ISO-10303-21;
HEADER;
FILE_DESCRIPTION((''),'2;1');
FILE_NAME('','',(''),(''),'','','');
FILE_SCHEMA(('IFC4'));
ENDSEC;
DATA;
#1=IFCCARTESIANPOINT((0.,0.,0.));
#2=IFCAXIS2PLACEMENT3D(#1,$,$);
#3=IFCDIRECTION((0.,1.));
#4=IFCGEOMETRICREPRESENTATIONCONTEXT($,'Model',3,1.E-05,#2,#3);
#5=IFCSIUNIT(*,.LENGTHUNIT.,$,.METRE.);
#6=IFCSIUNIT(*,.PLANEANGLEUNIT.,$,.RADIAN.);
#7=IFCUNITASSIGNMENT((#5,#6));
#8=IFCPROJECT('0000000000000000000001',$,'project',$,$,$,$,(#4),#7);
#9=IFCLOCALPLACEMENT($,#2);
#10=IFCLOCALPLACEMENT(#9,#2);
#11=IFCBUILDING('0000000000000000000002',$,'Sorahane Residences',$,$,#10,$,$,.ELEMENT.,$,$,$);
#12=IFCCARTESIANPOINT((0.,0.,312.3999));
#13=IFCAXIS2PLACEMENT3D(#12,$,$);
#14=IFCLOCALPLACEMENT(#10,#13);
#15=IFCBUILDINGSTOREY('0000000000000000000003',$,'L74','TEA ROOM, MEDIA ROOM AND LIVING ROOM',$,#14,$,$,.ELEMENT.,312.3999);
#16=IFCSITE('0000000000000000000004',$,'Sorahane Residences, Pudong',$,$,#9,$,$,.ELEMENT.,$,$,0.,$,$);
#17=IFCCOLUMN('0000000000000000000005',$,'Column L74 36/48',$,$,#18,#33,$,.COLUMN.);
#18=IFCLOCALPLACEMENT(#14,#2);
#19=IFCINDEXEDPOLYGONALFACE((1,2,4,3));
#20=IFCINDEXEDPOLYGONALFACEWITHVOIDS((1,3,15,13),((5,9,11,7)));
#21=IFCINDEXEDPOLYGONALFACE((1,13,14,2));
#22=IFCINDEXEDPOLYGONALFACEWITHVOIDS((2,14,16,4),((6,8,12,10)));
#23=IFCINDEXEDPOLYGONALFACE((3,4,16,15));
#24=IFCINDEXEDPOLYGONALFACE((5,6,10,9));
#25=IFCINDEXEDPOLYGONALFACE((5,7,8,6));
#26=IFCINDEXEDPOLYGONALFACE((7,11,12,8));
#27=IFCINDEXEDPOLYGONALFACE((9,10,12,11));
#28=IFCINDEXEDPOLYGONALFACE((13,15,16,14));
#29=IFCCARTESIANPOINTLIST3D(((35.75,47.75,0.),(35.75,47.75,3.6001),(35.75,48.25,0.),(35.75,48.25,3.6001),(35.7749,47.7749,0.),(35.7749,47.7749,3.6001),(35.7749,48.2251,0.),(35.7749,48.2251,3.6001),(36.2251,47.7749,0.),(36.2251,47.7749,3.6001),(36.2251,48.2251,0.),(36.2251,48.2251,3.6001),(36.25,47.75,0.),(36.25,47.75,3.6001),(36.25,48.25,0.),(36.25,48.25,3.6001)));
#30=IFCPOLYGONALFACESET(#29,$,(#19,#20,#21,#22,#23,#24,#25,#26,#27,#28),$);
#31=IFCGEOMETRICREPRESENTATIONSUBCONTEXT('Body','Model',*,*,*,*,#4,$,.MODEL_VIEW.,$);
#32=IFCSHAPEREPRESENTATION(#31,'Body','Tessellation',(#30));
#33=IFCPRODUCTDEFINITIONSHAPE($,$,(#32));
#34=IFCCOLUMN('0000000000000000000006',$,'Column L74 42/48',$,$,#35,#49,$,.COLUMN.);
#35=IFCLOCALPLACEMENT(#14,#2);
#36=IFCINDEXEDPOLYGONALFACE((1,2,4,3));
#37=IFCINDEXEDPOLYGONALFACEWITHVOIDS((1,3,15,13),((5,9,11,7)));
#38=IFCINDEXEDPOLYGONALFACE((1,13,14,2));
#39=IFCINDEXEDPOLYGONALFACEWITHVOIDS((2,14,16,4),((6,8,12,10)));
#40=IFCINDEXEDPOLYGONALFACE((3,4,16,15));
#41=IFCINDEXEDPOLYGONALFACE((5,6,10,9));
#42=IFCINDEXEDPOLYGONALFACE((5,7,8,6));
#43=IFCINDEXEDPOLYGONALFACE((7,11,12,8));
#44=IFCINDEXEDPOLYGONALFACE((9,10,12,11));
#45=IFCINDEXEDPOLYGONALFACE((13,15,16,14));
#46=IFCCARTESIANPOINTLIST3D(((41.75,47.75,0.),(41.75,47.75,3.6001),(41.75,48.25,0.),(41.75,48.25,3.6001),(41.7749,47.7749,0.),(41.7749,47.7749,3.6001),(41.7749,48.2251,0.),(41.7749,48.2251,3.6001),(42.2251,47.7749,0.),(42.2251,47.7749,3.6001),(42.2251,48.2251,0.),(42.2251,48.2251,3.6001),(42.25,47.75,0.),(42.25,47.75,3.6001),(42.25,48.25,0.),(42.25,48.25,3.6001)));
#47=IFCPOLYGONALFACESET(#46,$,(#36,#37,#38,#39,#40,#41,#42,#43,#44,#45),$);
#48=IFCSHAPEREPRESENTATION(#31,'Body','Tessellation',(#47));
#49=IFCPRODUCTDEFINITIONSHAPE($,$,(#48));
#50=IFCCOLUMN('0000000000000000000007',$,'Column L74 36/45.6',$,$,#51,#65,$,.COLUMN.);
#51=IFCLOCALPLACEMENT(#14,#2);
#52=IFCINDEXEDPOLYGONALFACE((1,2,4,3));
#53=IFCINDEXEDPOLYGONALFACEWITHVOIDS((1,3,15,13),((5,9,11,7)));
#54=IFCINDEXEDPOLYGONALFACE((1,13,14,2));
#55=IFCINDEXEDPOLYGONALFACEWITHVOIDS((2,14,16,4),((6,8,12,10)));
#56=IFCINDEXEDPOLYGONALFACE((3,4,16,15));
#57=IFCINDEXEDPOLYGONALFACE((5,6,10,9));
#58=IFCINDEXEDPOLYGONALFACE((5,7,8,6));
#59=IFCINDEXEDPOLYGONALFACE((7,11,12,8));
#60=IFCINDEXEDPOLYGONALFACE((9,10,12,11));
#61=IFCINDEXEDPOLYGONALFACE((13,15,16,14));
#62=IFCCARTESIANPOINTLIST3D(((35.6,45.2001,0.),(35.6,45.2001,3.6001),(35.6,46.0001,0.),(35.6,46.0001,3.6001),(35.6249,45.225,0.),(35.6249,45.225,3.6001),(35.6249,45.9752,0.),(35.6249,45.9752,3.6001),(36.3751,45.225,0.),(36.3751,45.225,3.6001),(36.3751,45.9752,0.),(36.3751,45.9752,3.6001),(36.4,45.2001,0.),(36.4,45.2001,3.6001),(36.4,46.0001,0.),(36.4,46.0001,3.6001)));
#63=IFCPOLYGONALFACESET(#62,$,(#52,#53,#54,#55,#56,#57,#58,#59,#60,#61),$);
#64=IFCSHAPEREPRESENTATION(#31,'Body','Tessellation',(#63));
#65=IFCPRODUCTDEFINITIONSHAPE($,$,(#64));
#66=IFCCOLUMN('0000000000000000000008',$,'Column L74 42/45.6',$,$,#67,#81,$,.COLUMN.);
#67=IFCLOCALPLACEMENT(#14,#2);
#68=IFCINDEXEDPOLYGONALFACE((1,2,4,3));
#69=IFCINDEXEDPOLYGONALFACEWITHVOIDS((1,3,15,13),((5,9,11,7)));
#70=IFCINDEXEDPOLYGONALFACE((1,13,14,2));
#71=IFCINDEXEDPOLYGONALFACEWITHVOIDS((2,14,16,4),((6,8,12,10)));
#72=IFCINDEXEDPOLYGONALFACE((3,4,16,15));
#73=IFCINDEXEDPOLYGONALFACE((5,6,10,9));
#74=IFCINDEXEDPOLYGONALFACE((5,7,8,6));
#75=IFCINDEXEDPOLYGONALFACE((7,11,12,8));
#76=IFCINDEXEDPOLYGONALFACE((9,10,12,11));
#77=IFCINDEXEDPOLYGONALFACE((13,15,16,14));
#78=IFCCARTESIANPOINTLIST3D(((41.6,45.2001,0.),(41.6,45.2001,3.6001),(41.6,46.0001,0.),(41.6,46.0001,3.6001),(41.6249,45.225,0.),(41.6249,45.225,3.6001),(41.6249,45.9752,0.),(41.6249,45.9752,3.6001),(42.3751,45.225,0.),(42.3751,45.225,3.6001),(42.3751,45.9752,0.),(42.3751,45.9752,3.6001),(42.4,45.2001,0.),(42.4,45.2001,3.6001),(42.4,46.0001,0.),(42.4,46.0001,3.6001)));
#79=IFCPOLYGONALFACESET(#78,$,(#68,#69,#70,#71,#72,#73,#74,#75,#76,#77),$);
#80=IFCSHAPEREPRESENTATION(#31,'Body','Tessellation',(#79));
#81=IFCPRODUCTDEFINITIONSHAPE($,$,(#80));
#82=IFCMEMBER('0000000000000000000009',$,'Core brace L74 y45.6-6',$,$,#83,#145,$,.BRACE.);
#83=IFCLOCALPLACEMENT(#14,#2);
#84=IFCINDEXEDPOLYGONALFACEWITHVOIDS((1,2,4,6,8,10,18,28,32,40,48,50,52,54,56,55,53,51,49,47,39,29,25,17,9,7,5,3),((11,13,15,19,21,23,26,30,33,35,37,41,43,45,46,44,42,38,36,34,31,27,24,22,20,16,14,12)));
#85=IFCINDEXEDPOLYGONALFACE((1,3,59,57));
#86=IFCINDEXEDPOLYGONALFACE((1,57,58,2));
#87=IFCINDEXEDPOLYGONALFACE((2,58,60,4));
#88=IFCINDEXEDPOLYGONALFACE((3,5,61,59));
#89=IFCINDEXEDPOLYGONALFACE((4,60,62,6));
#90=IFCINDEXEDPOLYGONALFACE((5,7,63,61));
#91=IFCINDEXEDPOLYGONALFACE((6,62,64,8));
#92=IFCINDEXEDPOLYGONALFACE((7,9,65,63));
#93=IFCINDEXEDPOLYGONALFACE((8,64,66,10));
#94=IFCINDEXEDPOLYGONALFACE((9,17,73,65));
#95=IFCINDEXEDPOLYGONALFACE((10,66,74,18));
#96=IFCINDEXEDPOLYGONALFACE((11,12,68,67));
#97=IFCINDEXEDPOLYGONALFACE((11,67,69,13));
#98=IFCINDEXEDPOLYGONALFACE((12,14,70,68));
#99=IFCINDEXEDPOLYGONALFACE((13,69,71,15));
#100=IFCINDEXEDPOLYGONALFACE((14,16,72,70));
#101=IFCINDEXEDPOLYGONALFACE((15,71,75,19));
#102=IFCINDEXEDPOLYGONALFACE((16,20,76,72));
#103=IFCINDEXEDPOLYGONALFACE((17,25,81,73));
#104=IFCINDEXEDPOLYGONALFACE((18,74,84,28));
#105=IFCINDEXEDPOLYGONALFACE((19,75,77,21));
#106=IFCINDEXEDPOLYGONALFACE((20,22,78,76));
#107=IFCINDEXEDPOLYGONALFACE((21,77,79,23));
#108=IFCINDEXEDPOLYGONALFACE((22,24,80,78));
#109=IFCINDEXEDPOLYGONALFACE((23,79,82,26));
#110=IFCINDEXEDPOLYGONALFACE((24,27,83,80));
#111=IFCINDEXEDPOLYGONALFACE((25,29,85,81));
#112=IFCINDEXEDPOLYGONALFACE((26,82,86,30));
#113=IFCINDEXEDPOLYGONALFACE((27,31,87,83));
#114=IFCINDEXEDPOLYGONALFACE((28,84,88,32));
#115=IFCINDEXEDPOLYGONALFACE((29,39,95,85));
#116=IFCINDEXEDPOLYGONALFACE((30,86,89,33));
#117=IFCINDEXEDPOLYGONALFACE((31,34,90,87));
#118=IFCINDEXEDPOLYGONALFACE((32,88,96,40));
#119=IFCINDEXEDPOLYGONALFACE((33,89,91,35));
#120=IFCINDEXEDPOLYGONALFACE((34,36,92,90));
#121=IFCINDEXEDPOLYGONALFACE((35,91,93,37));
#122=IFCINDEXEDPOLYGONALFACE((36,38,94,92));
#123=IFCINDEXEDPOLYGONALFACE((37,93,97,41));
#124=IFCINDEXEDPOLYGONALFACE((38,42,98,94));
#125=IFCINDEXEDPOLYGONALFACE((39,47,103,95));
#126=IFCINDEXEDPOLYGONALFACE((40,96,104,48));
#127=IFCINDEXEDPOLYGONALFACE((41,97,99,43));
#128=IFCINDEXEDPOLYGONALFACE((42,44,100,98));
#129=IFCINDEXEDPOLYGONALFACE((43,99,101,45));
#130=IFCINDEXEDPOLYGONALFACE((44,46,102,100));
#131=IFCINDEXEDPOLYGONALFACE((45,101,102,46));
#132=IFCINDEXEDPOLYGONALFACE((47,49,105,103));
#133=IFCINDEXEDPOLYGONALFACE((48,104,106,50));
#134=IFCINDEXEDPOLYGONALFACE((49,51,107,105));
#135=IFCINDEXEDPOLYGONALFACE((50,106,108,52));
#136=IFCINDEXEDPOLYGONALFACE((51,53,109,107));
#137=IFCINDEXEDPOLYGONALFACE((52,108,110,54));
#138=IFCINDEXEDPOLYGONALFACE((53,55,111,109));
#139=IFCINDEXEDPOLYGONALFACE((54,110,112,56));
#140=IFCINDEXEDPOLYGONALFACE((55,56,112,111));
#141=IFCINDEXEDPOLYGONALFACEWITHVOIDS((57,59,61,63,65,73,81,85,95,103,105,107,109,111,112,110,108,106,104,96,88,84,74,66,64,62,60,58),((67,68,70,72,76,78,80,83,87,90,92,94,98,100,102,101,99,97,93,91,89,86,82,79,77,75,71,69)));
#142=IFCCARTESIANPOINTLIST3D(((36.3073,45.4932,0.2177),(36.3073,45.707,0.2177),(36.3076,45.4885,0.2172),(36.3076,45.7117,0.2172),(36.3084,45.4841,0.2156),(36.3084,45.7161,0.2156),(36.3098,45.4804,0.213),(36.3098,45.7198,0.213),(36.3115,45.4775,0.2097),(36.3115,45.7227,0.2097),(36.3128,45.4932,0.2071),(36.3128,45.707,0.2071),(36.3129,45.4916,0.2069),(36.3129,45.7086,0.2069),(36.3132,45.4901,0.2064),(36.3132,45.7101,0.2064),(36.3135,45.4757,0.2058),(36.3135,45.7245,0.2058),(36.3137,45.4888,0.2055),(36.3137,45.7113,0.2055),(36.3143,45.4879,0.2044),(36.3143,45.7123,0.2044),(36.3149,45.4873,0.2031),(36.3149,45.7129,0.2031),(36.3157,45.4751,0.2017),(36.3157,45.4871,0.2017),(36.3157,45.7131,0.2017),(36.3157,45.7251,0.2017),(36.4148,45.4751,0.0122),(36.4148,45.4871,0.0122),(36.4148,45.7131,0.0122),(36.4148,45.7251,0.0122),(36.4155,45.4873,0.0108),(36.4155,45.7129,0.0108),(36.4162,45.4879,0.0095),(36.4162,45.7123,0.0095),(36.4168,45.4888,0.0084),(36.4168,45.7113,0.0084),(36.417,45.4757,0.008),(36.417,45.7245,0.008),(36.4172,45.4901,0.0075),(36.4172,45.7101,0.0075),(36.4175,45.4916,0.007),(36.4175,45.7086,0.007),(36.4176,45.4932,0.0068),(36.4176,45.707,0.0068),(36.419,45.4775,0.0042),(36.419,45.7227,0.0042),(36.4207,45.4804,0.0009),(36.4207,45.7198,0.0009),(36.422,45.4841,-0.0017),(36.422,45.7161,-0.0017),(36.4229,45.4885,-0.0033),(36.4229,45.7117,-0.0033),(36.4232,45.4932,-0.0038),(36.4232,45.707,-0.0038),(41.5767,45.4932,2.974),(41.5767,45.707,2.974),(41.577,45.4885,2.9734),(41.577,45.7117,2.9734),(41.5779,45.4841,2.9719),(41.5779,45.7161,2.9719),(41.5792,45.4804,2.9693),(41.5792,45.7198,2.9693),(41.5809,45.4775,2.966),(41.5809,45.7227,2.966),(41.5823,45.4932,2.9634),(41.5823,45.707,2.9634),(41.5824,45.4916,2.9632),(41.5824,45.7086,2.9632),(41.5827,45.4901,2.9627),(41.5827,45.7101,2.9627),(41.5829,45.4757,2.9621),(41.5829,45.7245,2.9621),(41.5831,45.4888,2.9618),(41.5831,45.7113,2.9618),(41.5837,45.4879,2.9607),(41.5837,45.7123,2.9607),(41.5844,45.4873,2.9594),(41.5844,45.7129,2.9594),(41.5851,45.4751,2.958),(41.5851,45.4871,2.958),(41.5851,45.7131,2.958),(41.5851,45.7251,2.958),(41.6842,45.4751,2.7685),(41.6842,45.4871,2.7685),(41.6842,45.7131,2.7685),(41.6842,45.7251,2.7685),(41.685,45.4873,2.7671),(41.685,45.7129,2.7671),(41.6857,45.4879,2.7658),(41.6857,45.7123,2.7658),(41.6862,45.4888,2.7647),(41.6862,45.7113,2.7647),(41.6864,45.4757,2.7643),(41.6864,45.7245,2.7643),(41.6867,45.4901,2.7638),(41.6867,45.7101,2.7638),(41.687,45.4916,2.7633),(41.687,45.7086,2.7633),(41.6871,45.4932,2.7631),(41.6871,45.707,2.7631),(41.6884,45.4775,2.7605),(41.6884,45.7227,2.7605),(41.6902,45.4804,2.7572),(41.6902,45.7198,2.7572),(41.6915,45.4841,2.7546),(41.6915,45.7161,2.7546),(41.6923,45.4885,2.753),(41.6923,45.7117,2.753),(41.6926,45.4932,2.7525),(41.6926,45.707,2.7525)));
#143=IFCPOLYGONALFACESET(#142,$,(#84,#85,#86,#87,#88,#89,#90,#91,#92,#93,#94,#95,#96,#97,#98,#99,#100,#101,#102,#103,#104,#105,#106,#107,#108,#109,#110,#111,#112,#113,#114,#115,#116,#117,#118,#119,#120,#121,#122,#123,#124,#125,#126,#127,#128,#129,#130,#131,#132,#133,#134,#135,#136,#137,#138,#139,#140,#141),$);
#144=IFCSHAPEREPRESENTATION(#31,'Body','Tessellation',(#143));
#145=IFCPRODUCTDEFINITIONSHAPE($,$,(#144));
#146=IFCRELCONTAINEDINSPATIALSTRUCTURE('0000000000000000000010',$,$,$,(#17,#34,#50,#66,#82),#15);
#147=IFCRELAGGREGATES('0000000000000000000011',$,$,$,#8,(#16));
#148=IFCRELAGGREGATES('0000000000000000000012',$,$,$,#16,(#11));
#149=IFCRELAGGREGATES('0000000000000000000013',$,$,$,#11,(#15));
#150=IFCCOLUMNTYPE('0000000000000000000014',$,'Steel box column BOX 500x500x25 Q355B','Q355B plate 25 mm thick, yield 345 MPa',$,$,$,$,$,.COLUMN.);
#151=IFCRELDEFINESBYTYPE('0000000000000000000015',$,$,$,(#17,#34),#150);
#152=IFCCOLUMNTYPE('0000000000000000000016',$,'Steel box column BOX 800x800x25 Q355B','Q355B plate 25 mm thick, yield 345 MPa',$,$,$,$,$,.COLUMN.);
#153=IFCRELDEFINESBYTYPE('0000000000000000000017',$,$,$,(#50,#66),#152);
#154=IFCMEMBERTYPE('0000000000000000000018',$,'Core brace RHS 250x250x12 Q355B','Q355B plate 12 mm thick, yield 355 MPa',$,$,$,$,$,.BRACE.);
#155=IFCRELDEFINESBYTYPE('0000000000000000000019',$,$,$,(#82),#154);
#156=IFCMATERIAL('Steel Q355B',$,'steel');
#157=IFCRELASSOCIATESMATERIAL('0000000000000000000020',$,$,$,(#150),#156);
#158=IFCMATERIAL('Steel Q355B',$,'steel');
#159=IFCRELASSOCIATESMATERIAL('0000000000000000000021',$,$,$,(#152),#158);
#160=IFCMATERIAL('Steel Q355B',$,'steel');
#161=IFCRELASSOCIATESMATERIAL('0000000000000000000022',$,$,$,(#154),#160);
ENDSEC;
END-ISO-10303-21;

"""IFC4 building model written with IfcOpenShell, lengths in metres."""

from ifc_helpers import new_model, si_unit, direction, frame, origin, origin_2d, place, context, subcontext, project, spatial, hollow_rectangle, extrude, material, material_profile, profile_set, type_object, element, save


model = new_model("IFC4")

# Units and contexts
model_context = context("Model", 3, precision=1e-05, world=origin(), true_north=direction((0.0, 1.0)))
body_context = subcontext(model_context, "Body", "Model", "MODEL_VIEW")
ifc_project = project(units=[si_unit("LENGTHUNIT", "METRE"), si_unit("PLANEANGLEUNIT", "RADIAN")], contexts=[model_context])

# Site, building, storey
site_placement = place(None, origin())
site = spatial("IfcSite", under=ifc_project, at=site_placement, Name="Sorahane Residences, Pudong", CompositionType="ELEMENT", RefElevation=0.0)
building_placement = place(site_placement, origin())
building = spatial("IfcBuilding", under=site, at=building_placement, Name="Sorahane Residences", CompositionType="ELEMENT")
storey_placement = place(building_placement, frame((0.0, 0.0, 312.3999)))
storey = spatial("IfcBuildingStorey", under=building, at=storey_placement, Name="L74", Description="TEA ROOM, MEDIA ROOM AND LIVING ROOM", CompositionType="ELEMENT", Elevation=312.3999)

# Columns
ifc_material_1 = material(Name="Steel Q355B", Category="steel")
ifc_material_profile_1 = material_profile(ifc_material_1, hollow_rectangle(XDim=0.5, YDim=0.5, WallThickness=0.0249, at=origin_2d()), Name="BOX 500x500x25")
ifc_profile_set_1 = profile_set([ifc_material_profile_1], Name="Steel Q355B")
column_type_1 = type_object("IfcColumnType", Name="Steel box column BOX 500x500x25 Q355B", Description="Q355B plate 25 mm thick, yield 345 MPa", PredefinedType="COLUMN", material=ifc_profile_set_1)
for number, where, z_axis, x_axis, name in (
    (1, (36.0, 48.0, 0.0), (0.0, 0.0, 1.0), (1.0, 0.0, 0.0), "Column L74 36/48"),
    (2, (42.0, 48.0, 0.0), (0.0, 0.0, 1.0), (1.0, 0.0, 0.0), "Column L74 42/48"),
):
    element("IfcColumn", number, at=place(storey_placement, frame(where, z_axis=z_axis, x_axis=x_axis)), inside=storey, type_object=column_type_1, Name=name, PredefinedType="COLUMN", context=body_context, shape_type="SweptSolid", body=[
        extrude(hollow_rectangle(XDim=0.5, YDim=0.5, WallThickness=0.0249, at=origin_2d()), origin(), (0.0, 0.0, 1.0), 3.6001),
    ])
ifc_material_2 = material(Name="Steel Q355B", Category="steel")
ifc_material_profile_2 = material_profile(ifc_material_2, hollow_rectangle(XDim=0.8, YDim=0.8, WallThickness=0.0249, at=origin_2d()), Name="BOX 800x800x25")
ifc_profile_set_2 = profile_set([ifc_material_profile_2], Name="Steel Q355B")
column_type_2 = type_object("IfcColumnType", Name="Steel box column BOX 800x800x25 Q355B", Description="Q355B plate 25 mm thick, yield 345 MPa", PredefinedType="COLUMN", material=ifc_profile_set_2)
for number, where, z_axis, x_axis, name in (
    (3, (36.0, 45.6001, 0.0), (0.0, 0.0, 1.0), (1.0, 0.0, 0.0), "Column L74 36/45.6"),
    (4, (42.0, 45.6001, 0.0), (0.0, 0.0, 1.0), (1.0, 0.0, 0.0), "Column L74 42/45.6"),
):
    element("IfcColumn", number, at=place(storey_placement, frame(where, z_axis=z_axis, x_axis=x_axis)), inside=storey, type_object=column_type_2, Name=name, PredefinedType="COLUMN", context=body_context, shape_type="SweptSolid", body=[
        extrude(hollow_rectangle(XDim=0.8, YDim=0.8, WallThickness=0.0249, at=origin_2d()), origin(), (0.0, 0.0, 1.0), 3.6001),
    ])

# Member
ifc_material_3 = material(Name="Steel Q355B", Category="steel")
ifc_material_profile_3 = material_profile(ifc_material_3, hollow_rectangle(XDim=0.25, YDim=0.25, WallThickness=0.012, InnerFilletRadius=0.0061, OuterFilletRadius=0.0181, at=origin_2d()), Name="RHS 250x250x12")
ifc_profile_set_3 = profile_set([ifc_material_profile_3], Name="Steel Q355B")
member_type_1 = type_object("IfcMemberType", Name="Core brace RHS 250x250x12 Q355B", Description="Q355B plate 12 mm thick, yield 355 MPa", PredefinedType="BRACE", material=ifc_profile_set_3)
member_1_placement = place(storey_placement, frame((36.3652, 45.6001, 0.1069), z_axis=(0.8861, 0.0, 0.463495), x_axis=(0.0, 1.0, 0.0)))
element("IfcMember", 5, at=member_1_placement, inside=storey, type_object=member_type_1, Name="Core brace L74 y45.6-6", PredefinedType="BRACE", context=body_context, shape_type="SweptSolid", body=[
    extrude(hollow_rectangle(XDim=0.25, YDim=0.25, WallThickness=0.012, InnerFilletRadius=0.0061, OuterFilletRadius=0.0181, at=origin_2d()), origin(), (0.0, 0.0, 1.0), 5.9468),
])

save(model, "model.ifc")
